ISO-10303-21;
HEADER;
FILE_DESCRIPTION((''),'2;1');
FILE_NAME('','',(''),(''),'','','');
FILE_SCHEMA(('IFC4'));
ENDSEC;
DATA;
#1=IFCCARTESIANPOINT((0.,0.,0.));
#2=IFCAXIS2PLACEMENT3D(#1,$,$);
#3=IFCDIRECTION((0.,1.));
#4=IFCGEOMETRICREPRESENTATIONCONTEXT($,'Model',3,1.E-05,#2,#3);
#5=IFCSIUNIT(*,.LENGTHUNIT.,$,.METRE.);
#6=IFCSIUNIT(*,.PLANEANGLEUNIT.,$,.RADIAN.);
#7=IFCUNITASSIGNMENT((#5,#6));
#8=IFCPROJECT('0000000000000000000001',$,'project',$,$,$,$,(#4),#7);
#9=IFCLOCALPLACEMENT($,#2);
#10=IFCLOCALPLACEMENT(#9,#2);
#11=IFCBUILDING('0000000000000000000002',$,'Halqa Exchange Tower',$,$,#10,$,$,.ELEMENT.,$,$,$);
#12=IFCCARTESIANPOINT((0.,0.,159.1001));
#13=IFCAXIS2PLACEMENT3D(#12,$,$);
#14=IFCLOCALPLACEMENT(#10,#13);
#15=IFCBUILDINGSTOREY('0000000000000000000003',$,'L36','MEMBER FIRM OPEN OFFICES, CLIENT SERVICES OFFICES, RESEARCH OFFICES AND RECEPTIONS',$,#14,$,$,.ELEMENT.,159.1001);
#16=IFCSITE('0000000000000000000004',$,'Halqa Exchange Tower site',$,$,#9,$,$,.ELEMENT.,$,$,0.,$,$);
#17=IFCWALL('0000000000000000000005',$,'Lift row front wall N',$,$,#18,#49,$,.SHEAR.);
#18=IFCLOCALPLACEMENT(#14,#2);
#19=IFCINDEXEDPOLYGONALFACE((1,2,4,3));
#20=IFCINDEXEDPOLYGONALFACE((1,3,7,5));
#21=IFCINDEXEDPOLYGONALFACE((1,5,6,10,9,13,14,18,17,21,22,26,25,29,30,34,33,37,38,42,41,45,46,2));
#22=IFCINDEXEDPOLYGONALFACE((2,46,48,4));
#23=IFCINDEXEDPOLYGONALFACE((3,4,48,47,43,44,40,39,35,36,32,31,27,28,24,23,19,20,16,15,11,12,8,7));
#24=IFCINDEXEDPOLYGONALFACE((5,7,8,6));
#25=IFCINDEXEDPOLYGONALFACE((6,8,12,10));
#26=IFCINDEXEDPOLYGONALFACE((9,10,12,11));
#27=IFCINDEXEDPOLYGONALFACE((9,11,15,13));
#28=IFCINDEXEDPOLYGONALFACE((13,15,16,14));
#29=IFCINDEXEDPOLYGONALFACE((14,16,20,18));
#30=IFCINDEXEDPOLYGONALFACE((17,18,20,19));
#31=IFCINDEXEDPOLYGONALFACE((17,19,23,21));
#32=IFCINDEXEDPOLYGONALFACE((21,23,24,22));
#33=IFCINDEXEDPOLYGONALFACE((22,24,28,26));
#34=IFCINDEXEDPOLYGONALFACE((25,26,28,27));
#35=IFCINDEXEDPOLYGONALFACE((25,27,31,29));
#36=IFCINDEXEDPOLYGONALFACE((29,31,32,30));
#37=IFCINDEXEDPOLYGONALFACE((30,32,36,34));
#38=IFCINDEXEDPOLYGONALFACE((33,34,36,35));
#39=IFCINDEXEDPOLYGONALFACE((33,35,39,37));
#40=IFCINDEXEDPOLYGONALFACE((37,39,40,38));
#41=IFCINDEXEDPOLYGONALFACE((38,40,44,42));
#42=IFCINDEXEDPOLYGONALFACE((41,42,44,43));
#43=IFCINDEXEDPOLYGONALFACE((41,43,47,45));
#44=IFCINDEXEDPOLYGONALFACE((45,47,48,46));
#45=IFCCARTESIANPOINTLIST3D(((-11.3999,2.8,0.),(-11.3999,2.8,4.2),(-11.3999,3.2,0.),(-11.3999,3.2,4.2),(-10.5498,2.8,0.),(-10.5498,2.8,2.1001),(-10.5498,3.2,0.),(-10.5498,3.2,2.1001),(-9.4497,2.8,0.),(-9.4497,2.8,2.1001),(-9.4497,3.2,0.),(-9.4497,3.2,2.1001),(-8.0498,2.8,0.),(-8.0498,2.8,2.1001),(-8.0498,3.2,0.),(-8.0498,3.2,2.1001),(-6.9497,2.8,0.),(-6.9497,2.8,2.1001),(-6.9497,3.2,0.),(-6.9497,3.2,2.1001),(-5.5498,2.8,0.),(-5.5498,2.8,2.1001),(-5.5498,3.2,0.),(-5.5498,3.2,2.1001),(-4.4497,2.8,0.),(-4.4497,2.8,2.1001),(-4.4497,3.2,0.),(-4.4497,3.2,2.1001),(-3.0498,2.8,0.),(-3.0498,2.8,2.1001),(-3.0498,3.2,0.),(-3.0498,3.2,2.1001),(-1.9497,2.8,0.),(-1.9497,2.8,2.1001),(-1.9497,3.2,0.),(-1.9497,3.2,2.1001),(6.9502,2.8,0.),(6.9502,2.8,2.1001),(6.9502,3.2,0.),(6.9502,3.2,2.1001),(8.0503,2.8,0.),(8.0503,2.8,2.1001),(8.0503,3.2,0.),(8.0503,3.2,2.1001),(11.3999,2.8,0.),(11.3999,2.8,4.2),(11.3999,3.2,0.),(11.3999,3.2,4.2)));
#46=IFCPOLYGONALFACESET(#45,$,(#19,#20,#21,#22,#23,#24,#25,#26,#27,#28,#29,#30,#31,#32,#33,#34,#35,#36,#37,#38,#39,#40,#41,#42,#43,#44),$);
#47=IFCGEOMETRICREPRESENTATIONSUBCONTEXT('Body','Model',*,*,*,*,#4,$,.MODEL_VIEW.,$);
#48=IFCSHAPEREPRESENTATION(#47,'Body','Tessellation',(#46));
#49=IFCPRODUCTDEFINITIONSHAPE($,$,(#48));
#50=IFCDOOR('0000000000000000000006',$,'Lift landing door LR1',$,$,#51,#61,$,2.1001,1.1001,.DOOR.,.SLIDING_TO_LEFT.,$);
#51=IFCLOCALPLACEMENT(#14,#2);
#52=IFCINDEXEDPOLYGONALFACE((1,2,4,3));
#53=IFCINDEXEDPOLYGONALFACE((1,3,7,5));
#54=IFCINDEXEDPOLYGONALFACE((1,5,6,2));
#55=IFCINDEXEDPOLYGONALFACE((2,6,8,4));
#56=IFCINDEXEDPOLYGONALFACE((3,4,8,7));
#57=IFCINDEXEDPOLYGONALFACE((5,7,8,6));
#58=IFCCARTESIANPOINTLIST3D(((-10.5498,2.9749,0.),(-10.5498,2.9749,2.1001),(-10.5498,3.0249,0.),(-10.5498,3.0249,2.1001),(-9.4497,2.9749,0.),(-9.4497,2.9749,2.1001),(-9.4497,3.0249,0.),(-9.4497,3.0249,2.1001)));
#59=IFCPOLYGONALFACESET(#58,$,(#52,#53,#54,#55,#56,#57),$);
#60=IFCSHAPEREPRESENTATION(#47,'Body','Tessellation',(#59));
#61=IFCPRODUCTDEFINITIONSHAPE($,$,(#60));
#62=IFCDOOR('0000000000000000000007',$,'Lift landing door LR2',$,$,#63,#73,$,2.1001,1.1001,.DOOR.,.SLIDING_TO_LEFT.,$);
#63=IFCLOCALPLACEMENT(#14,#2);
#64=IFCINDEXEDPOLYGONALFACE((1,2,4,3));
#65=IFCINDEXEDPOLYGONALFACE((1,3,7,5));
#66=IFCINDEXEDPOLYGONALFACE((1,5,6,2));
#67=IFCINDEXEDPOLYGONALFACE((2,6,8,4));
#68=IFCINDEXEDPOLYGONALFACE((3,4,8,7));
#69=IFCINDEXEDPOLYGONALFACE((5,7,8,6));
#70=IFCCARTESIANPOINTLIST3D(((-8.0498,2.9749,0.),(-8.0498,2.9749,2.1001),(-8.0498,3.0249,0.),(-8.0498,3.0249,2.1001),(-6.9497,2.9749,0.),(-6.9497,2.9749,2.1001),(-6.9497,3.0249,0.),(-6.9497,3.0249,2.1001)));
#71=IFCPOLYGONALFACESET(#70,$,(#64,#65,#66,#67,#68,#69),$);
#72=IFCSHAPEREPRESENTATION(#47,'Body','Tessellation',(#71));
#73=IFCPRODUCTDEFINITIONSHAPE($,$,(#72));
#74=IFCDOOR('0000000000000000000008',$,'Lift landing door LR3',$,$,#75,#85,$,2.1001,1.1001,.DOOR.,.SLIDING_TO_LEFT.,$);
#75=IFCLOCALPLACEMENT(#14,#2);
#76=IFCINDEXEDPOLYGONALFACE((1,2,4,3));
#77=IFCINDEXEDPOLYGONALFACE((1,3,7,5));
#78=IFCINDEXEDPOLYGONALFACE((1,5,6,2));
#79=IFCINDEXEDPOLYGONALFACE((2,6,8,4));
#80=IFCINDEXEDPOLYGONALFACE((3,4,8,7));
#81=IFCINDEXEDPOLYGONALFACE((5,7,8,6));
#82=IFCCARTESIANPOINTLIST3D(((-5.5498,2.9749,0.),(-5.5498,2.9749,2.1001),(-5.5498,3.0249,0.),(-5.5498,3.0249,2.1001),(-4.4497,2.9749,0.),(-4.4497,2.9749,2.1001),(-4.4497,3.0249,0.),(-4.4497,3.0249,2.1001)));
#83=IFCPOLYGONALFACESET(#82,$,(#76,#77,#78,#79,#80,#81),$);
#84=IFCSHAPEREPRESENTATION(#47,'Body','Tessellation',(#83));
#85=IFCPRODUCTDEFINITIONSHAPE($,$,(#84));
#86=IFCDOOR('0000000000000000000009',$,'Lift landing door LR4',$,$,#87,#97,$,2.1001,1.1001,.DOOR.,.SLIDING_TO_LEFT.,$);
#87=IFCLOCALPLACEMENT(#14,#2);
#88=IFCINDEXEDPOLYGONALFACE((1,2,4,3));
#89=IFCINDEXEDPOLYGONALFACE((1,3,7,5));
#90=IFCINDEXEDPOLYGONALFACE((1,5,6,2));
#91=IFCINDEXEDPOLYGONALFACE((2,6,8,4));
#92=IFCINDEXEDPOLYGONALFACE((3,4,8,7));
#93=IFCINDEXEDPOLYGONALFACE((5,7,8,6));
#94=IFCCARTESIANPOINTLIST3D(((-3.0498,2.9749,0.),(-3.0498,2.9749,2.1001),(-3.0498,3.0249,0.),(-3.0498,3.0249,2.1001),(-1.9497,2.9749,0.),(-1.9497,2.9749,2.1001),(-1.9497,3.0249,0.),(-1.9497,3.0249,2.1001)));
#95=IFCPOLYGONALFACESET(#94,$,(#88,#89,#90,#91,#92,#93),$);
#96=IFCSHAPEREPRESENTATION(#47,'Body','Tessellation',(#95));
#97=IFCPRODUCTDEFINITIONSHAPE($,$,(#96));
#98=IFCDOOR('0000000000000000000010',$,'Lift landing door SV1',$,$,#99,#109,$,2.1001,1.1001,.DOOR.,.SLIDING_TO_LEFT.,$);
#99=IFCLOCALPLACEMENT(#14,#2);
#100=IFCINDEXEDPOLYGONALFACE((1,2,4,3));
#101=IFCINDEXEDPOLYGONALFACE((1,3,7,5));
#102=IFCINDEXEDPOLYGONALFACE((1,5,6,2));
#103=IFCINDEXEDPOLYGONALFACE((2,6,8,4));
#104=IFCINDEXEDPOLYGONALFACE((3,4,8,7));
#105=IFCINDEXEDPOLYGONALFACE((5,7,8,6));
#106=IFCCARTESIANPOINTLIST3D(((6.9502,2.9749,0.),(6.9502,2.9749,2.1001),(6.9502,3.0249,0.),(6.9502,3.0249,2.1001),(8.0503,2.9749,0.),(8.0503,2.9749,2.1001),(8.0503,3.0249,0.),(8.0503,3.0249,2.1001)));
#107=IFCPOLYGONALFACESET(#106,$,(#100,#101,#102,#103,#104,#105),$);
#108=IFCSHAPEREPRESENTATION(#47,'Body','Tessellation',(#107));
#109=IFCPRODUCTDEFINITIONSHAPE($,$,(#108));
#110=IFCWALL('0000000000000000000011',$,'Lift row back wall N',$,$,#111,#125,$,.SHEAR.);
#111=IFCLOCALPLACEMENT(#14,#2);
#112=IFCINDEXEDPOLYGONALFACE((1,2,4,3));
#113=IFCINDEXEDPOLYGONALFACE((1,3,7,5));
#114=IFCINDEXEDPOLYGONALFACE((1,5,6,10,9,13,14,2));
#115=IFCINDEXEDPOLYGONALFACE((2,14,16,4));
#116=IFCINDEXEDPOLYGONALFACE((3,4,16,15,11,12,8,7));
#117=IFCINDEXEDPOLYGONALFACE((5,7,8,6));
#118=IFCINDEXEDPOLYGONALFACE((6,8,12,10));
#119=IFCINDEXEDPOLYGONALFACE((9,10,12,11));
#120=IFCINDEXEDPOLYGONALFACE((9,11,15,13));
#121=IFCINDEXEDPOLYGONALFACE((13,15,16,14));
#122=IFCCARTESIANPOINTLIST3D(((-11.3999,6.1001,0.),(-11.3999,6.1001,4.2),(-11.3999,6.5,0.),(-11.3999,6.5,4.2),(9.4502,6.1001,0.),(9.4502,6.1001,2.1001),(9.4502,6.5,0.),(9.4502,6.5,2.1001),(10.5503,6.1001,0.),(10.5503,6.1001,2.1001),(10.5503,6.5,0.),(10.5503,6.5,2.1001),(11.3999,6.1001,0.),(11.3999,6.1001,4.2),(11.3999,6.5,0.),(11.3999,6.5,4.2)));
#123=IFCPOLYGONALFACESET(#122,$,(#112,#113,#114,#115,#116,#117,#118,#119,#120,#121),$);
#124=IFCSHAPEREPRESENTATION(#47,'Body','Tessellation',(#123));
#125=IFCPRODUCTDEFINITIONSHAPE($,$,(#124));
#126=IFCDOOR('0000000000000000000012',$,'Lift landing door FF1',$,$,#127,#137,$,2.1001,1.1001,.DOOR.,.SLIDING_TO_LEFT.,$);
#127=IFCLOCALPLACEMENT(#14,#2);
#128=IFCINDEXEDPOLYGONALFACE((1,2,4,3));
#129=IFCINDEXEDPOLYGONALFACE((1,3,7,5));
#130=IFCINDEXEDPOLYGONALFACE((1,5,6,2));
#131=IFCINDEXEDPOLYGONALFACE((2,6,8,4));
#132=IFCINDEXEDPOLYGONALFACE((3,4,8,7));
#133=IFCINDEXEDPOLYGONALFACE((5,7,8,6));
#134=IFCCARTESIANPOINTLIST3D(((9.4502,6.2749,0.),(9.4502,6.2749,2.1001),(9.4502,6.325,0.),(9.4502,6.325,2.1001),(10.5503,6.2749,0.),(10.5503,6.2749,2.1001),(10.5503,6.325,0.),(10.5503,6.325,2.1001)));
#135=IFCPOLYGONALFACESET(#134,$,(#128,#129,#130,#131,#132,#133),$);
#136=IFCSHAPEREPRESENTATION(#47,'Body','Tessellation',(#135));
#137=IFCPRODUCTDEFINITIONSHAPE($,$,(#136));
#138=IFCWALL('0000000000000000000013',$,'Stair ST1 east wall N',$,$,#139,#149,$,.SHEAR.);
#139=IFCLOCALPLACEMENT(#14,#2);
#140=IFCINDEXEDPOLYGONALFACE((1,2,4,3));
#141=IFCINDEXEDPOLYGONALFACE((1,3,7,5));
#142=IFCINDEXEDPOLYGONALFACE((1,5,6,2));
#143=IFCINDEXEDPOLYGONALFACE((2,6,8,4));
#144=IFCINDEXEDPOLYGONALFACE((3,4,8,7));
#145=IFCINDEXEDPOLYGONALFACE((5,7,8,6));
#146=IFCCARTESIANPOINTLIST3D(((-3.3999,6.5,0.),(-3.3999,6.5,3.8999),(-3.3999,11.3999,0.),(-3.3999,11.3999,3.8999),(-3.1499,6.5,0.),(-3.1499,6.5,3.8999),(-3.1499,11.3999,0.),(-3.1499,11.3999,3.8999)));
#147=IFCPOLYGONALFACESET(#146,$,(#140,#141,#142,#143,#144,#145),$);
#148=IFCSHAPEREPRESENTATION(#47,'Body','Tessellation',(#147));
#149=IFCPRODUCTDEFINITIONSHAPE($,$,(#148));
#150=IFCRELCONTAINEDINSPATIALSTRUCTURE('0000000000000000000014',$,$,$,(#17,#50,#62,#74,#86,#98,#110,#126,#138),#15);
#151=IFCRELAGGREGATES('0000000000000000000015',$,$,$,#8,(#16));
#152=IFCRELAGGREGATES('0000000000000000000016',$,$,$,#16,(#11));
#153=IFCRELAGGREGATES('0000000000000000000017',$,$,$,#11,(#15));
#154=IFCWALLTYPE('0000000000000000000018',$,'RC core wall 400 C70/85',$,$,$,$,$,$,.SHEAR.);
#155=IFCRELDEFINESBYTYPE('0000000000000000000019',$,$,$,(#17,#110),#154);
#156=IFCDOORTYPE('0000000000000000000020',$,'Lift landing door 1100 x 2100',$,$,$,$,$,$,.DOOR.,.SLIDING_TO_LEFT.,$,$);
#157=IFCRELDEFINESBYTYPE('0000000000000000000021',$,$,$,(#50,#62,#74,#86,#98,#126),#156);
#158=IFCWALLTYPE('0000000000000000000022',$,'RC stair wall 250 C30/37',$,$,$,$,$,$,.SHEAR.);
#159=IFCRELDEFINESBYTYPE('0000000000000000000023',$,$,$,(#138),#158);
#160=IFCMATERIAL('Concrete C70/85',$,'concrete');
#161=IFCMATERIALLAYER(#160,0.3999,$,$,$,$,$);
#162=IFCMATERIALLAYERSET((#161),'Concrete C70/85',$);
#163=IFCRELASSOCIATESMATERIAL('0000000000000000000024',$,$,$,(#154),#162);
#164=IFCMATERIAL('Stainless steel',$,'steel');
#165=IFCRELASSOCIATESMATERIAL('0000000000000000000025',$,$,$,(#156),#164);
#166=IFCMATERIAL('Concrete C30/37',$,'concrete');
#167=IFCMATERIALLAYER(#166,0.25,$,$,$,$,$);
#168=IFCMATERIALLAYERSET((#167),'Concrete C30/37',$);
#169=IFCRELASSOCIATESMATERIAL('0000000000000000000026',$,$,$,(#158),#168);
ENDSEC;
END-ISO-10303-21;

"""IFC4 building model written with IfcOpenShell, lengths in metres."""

from ifc_helpers import new_model, si_unit, direction, frame, frame_2d, origin, place, context, subcontext, project, spatial, rectangle, extrude, material, layer, layer_set, type_object, element, fill, save


model = new_model("IFC4")

# Units and contexts
model_context = context("Model", 3, precision=1e-05, world=origin(), true_north=direction((0.0, 1.0)))
body_context = subcontext(model_context, "Body", "Model", "MODEL_VIEW")
ifc_project = project(units=[si_unit("LENGTHUNIT", "METRE"), si_unit("PLANEANGLEUNIT", "RADIAN")], contexts=[model_context])

# Site, building, storey
site_placement = place(None, origin())
site = spatial("IfcSite", under=ifc_project, at=site_placement, Name="Halqa Exchange Tower site", CompositionType="ELEMENT", RefElevation=0.0)
building_placement = place(site_placement, origin())
building = spatial("IfcBuilding", under=site, at=building_placement, Name="Halqa Exchange Tower", CompositionType="ELEMENT")
storey_placement = place(building_placement, frame((0.0, 0.0, 159.1001)))
storey = spatial("IfcBuildingStorey", under=building, at=storey_placement, Name="L36", Description="MEMBER FIRM OPEN OFFICES, CLIENT SERVICES OFFICES, RESEARCH OFFICES AND RECEPTIONS", CompositionType="ELEMENT", Elevation=159.1001)

# Wall, openings, doors
ifc_material_1 = material(Name="Concrete C70/85", Category="concrete")
ifc_layer_1 = layer(ifc_material_1, 0.3999)
ifc_layer_set_1 = layer_set([ifc_layer_1], Name="Concrete C70/85")
wall_type_1 = type_object("IfcWallType", Name="RC core wall 400 C70/85", PredefinedType="SHEAR", material=ifc_layer_set_1)
wall_1_placement = place(storey_placement, frame((-11.3999, 3.0, 0.0), z_axis=(0.0, 0.0, 1.0), x_axis=(1.0, 0.0, 0.0)))
wall_1 = element("IfcWall", 1, at=wall_1_placement, inside=storey, type_object=wall_type_1, Name="Lift row front wall N", PredefinedType="SHEAR", context=body_context, shape_type="SweptSolid", body=[
    extrude(rectangle(XDim=22.7998, YDim=0.3999, at=frame_2d((11.3999, 0.0))), origin(), (0.0, 0.0, 1.0), 4.2),
])
opening_1_placement = place(wall_1_placement, frame((0.8501, 0.0, 0.0)))
opening_1 = element("IfcOpeningElement", 2, at=opening_1_placement, cuts=wall_1, PredefinedType="OPENING", context=body_context, shape_type="SweptSolid", body=[
    extrude(rectangle(XDim=1.1001, YDim=2.1001, at=frame_2d((0.55, 1.05))), frame((0.0, 0.2119, 0.0), z_axis=(0.0, -1.0, 0.0), x_axis=(1.0, 0.0, 0.0)), (0.0, 0.0, 1.0), 0.4238),
])
opening_2_placement = place(wall_1_placement, frame((3.3501, 0.0, 0.0)))
opening_2 = element("IfcOpeningElement", 3, at=opening_2_placement, cuts=wall_1, PredefinedType="OPENING", context=body_context, shape_type="SweptSolid", body=[
    extrude(rectangle(XDim=1.1001, YDim=2.1001, at=frame_2d((0.55, 1.05))), frame((0.0, 0.2119, 0.0), z_axis=(0.0, -1.0, 0.0), x_axis=(1.0, 0.0, 0.0)), (0.0, 0.0, 1.0), 0.4238),
])
opening_3_placement = place(wall_1_placement, frame((5.8501, 0.0, 0.0)))
opening_3 = element("IfcOpeningElement", 4, at=opening_3_placement, cuts=wall_1, PredefinedType="OPENING", context=body_context, shape_type="SweptSolid", body=[
    extrude(rectangle(XDim=1.1001, YDim=2.1001, at=frame_2d((0.55, 1.05))), frame((0.0, 0.2119, 0.0), z_axis=(0.0, -1.0, 0.0), x_axis=(1.0, 0.0, 0.0)), (0.0, 0.0, 1.0), 0.4238),
])
opening_4_placement = place(wall_1_placement, frame((8.3501, 0.0, 0.0)))
opening_4 = element("IfcOpeningElement", 5, at=opening_4_placement, cuts=wall_1, PredefinedType="OPENING", context=body_context, shape_type="SweptSolid", body=[
    extrude(rectangle(XDim=1.1001, YDim=2.1001, at=frame_2d((0.55, 1.05))), frame((0.0, 0.2119, 0.0), z_axis=(0.0, -1.0, 0.0), x_axis=(1.0, 0.0, 0.0)), (0.0, 0.0, 1.0), 0.4238),
])
opening_5_placement = place(wall_1_placement, frame((18.3501, 0.0, 0.0)))
opening_5 = element("IfcOpeningElement", 6, at=opening_5_placement, cuts=wall_1, PredefinedType="OPENING", context=body_context, shape_type="SweptSolid", body=[
    extrude(rectangle(XDim=1.1001, YDim=2.1001, at=frame_2d((0.55, 1.05))), frame((0.0, 0.2119, 0.0), z_axis=(0.0, -1.0, 0.0), x_axis=(1.0, 0.0, 0.0)), (0.0, 0.0, 1.0), 0.4238),
])
ifc_material_2 = material(Name="Stainless steel", Category="steel")
door_type = type_object("IfcDoorType", Name="Lift landing door 1100 x 2100", OperationType="SLIDING_TO_LEFT", PredefinedType="DOOR", material=ifc_material_2)
door_1_placement = place(opening_1_placement, origin())
door_1 = element("IfcDoor", 7, at=door_1_placement, inside=storey, type_object=door_type, Name="Lift landing door LR1", OperationType="SLIDING_TO_LEFT", OverallHeight=2.1001, OverallWidth=1.1001, PredefinedType="DOOR", context=body_context, shape_type="SweptSolid", body=[
    extrude(rectangle(XDim=1.1001, YDim=2.1001, at=frame_2d((0.55, 1.05))), frame((0.0, 0.0249, 0.0), z_axis=(0.0, -1.0, 0.0), x_axis=(1.0, 0.0, 0.0)), (0.0, 0.0, 1.0), 0.05),
])
fill(opening_1, door_1)
door_2_placement = place(opening_2_placement, origin())
door_2 = element("IfcDoor", 8, at=door_2_placement, inside=storey, type_object=door_type, Name="Lift landing door LR2", OperationType="SLIDING_TO_LEFT", OverallHeight=2.1001, OverallWidth=1.1001, PredefinedType="DOOR", context=body_context, shape_type="SweptSolid", body=[
    extrude(rectangle(XDim=1.1001, YDim=2.1001, at=frame_2d((0.55, 1.05))), frame((0.0, 0.0249, 0.0), z_axis=(0.0, -1.0, 0.0), x_axis=(1.0, 0.0, 0.0)), (0.0, 0.0, 1.0), 0.05),
])
fill(opening_2, door_2)
door_3_placement = place(opening_3_placement, origin())
door_3 = element("IfcDoor", 9, at=door_3_placement, inside=storey, type_object=door_type, Name="Lift landing door LR3", OperationType="SLIDING_TO_LEFT", OverallHeight=2.1001, OverallWidth=1.1001, PredefinedType="DOOR", context=body_context, shape_type="SweptSolid", body=[
    extrude(rectangle(XDim=1.1001, YDim=2.1001, at=frame_2d((0.55, 1.05))), frame((0.0, 0.0249, 0.0), z_axis=(0.0, -1.0, 0.0), x_axis=(1.0, 0.0, 0.0)), (0.0, 0.0, 1.0), 0.05),
])
fill(opening_3, door_3)
door_4_placement = place(opening_4_placement, origin())
door_4 = element("IfcDoor", 10, at=door_4_placement, inside=storey, type_object=door_type, Name="Lift landing door LR4", OperationType="SLIDING_TO_LEFT", OverallHeight=2.1001, OverallWidth=1.1001, PredefinedType="DOOR", context=body_context, shape_type="SweptSolid", body=[
    extrude(rectangle(XDim=1.1001, YDim=2.1001, at=frame_2d((0.55, 1.05))), frame((0.0, 0.0249, 0.0), z_axis=(0.0, -1.0, 0.0), x_axis=(1.0, 0.0, 0.0)), (0.0, 0.0, 1.0), 0.05),
])
fill(opening_4, door_4)
door_5_placement = place(opening_5_placement, origin())
door_5 = element("IfcDoor", 11, at=door_5_placement, inside=storey, type_object=door_type, Name="Lift landing door SV1", OperationType="SLIDING_TO_LEFT", OverallHeight=2.1001, OverallWidth=1.1001, PredefinedType="DOOR", context=body_context, shape_type="SweptSolid", body=[
    extrude(rectangle(XDim=1.1001, YDim=2.1001, at=frame_2d((0.55, 1.05))), frame((0.0, 0.0249, 0.0), z_axis=(0.0, -1.0, 0.0), x_axis=(1.0, 0.0, 0.0)), (0.0, 0.0, 1.0), 0.05),
])
fill(opening_5, door_5)

# Wall, opening, door
wall_2_placement = place(storey_placement, frame((-11.3999, 6.3, 0.0), z_axis=(0.0, 0.0, 1.0), x_axis=(1.0, 0.0, 0.0)))
wall_2 = element("IfcWall", 12, at=wall_2_placement, inside=storey, type_object=wall_type_1, Name="Lift row back wall N", PredefinedType="SHEAR", context=body_context, shape_type="SweptSolid", body=[
    extrude(rectangle(XDim=22.7998, YDim=0.3999, at=frame_2d((11.3999, 0.0))), origin(), (0.0, 0.0, 1.0), 4.2),
])
opening_6_placement = place(wall_2_placement, frame((20.8501, 0.0, 0.0)))
opening_6 = element("IfcOpeningElement", 13, at=opening_6_placement, cuts=wall_2, PredefinedType="OPENING", context=body_context, shape_type="SweptSolid", body=[
    extrude(rectangle(XDim=1.1001, YDim=2.1001, at=frame_2d((0.55, 1.05))), frame((0.0, 0.2119, 0.0), z_axis=(0.0, -1.0, 0.0), x_axis=(1.0, 0.0, 0.0)), (0.0, 0.0, 1.0), 0.4238),
])
door_6_placement = place(opening_6_placement, origin())
door_6 = element("IfcDoor", 14, at=door_6_placement, inside=storey, type_object=door_type, Name="Lift landing door FF1", OperationType="SLIDING_TO_LEFT", OverallHeight=2.1001, OverallWidth=1.1001, PredefinedType="DOOR", context=body_context, shape_type="SweptSolid", body=[
    extrude(rectangle(XDim=1.1001, YDim=2.1001, at=frame_2d((0.55, 1.05))), frame((0.0, 0.0249, 0.0), z_axis=(0.0, -1.0, 0.0), x_axis=(1.0, 0.0, 0.0)), (0.0, 0.0, 1.0), 0.05),
])
fill(opening_6, door_6)

# Wall
ifc_material_3 = material(Name="Concrete C30/37", Category="concrete")
ifc_layer_2 = layer(ifc_material_3, 0.25)
ifc_layer_set_2 = layer_set([ifc_layer_2], Name="Concrete C30/37")
wall_type_2 = type_object("IfcWallType", Name="RC stair wall 250 C30/37", PredefinedType="SHEAR", material=ifc_layer_set_2)
wall_3_placement = place(storey_placement, frame((-3.2749, 6.5, 0.0), z_axis=(0.0, 0.0, 1.0), x_axis=(0.0, 1.0, 0.0)))
element("IfcWall", 15, at=wall_3_placement, inside=storey, type_object=wall_type_2, Name="Stair ST1 east wall N", PredefinedType="SHEAR", context=body_context, shape_type="SweptSolid", body=[
    extrude(rectangle(XDim=4.8999, YDim=0.25, at=frame_2d((2.45, 0.0))), origin(), (0.0, 0.0, 1.0), 3.8999),
])

save(model, "model.ifc")
